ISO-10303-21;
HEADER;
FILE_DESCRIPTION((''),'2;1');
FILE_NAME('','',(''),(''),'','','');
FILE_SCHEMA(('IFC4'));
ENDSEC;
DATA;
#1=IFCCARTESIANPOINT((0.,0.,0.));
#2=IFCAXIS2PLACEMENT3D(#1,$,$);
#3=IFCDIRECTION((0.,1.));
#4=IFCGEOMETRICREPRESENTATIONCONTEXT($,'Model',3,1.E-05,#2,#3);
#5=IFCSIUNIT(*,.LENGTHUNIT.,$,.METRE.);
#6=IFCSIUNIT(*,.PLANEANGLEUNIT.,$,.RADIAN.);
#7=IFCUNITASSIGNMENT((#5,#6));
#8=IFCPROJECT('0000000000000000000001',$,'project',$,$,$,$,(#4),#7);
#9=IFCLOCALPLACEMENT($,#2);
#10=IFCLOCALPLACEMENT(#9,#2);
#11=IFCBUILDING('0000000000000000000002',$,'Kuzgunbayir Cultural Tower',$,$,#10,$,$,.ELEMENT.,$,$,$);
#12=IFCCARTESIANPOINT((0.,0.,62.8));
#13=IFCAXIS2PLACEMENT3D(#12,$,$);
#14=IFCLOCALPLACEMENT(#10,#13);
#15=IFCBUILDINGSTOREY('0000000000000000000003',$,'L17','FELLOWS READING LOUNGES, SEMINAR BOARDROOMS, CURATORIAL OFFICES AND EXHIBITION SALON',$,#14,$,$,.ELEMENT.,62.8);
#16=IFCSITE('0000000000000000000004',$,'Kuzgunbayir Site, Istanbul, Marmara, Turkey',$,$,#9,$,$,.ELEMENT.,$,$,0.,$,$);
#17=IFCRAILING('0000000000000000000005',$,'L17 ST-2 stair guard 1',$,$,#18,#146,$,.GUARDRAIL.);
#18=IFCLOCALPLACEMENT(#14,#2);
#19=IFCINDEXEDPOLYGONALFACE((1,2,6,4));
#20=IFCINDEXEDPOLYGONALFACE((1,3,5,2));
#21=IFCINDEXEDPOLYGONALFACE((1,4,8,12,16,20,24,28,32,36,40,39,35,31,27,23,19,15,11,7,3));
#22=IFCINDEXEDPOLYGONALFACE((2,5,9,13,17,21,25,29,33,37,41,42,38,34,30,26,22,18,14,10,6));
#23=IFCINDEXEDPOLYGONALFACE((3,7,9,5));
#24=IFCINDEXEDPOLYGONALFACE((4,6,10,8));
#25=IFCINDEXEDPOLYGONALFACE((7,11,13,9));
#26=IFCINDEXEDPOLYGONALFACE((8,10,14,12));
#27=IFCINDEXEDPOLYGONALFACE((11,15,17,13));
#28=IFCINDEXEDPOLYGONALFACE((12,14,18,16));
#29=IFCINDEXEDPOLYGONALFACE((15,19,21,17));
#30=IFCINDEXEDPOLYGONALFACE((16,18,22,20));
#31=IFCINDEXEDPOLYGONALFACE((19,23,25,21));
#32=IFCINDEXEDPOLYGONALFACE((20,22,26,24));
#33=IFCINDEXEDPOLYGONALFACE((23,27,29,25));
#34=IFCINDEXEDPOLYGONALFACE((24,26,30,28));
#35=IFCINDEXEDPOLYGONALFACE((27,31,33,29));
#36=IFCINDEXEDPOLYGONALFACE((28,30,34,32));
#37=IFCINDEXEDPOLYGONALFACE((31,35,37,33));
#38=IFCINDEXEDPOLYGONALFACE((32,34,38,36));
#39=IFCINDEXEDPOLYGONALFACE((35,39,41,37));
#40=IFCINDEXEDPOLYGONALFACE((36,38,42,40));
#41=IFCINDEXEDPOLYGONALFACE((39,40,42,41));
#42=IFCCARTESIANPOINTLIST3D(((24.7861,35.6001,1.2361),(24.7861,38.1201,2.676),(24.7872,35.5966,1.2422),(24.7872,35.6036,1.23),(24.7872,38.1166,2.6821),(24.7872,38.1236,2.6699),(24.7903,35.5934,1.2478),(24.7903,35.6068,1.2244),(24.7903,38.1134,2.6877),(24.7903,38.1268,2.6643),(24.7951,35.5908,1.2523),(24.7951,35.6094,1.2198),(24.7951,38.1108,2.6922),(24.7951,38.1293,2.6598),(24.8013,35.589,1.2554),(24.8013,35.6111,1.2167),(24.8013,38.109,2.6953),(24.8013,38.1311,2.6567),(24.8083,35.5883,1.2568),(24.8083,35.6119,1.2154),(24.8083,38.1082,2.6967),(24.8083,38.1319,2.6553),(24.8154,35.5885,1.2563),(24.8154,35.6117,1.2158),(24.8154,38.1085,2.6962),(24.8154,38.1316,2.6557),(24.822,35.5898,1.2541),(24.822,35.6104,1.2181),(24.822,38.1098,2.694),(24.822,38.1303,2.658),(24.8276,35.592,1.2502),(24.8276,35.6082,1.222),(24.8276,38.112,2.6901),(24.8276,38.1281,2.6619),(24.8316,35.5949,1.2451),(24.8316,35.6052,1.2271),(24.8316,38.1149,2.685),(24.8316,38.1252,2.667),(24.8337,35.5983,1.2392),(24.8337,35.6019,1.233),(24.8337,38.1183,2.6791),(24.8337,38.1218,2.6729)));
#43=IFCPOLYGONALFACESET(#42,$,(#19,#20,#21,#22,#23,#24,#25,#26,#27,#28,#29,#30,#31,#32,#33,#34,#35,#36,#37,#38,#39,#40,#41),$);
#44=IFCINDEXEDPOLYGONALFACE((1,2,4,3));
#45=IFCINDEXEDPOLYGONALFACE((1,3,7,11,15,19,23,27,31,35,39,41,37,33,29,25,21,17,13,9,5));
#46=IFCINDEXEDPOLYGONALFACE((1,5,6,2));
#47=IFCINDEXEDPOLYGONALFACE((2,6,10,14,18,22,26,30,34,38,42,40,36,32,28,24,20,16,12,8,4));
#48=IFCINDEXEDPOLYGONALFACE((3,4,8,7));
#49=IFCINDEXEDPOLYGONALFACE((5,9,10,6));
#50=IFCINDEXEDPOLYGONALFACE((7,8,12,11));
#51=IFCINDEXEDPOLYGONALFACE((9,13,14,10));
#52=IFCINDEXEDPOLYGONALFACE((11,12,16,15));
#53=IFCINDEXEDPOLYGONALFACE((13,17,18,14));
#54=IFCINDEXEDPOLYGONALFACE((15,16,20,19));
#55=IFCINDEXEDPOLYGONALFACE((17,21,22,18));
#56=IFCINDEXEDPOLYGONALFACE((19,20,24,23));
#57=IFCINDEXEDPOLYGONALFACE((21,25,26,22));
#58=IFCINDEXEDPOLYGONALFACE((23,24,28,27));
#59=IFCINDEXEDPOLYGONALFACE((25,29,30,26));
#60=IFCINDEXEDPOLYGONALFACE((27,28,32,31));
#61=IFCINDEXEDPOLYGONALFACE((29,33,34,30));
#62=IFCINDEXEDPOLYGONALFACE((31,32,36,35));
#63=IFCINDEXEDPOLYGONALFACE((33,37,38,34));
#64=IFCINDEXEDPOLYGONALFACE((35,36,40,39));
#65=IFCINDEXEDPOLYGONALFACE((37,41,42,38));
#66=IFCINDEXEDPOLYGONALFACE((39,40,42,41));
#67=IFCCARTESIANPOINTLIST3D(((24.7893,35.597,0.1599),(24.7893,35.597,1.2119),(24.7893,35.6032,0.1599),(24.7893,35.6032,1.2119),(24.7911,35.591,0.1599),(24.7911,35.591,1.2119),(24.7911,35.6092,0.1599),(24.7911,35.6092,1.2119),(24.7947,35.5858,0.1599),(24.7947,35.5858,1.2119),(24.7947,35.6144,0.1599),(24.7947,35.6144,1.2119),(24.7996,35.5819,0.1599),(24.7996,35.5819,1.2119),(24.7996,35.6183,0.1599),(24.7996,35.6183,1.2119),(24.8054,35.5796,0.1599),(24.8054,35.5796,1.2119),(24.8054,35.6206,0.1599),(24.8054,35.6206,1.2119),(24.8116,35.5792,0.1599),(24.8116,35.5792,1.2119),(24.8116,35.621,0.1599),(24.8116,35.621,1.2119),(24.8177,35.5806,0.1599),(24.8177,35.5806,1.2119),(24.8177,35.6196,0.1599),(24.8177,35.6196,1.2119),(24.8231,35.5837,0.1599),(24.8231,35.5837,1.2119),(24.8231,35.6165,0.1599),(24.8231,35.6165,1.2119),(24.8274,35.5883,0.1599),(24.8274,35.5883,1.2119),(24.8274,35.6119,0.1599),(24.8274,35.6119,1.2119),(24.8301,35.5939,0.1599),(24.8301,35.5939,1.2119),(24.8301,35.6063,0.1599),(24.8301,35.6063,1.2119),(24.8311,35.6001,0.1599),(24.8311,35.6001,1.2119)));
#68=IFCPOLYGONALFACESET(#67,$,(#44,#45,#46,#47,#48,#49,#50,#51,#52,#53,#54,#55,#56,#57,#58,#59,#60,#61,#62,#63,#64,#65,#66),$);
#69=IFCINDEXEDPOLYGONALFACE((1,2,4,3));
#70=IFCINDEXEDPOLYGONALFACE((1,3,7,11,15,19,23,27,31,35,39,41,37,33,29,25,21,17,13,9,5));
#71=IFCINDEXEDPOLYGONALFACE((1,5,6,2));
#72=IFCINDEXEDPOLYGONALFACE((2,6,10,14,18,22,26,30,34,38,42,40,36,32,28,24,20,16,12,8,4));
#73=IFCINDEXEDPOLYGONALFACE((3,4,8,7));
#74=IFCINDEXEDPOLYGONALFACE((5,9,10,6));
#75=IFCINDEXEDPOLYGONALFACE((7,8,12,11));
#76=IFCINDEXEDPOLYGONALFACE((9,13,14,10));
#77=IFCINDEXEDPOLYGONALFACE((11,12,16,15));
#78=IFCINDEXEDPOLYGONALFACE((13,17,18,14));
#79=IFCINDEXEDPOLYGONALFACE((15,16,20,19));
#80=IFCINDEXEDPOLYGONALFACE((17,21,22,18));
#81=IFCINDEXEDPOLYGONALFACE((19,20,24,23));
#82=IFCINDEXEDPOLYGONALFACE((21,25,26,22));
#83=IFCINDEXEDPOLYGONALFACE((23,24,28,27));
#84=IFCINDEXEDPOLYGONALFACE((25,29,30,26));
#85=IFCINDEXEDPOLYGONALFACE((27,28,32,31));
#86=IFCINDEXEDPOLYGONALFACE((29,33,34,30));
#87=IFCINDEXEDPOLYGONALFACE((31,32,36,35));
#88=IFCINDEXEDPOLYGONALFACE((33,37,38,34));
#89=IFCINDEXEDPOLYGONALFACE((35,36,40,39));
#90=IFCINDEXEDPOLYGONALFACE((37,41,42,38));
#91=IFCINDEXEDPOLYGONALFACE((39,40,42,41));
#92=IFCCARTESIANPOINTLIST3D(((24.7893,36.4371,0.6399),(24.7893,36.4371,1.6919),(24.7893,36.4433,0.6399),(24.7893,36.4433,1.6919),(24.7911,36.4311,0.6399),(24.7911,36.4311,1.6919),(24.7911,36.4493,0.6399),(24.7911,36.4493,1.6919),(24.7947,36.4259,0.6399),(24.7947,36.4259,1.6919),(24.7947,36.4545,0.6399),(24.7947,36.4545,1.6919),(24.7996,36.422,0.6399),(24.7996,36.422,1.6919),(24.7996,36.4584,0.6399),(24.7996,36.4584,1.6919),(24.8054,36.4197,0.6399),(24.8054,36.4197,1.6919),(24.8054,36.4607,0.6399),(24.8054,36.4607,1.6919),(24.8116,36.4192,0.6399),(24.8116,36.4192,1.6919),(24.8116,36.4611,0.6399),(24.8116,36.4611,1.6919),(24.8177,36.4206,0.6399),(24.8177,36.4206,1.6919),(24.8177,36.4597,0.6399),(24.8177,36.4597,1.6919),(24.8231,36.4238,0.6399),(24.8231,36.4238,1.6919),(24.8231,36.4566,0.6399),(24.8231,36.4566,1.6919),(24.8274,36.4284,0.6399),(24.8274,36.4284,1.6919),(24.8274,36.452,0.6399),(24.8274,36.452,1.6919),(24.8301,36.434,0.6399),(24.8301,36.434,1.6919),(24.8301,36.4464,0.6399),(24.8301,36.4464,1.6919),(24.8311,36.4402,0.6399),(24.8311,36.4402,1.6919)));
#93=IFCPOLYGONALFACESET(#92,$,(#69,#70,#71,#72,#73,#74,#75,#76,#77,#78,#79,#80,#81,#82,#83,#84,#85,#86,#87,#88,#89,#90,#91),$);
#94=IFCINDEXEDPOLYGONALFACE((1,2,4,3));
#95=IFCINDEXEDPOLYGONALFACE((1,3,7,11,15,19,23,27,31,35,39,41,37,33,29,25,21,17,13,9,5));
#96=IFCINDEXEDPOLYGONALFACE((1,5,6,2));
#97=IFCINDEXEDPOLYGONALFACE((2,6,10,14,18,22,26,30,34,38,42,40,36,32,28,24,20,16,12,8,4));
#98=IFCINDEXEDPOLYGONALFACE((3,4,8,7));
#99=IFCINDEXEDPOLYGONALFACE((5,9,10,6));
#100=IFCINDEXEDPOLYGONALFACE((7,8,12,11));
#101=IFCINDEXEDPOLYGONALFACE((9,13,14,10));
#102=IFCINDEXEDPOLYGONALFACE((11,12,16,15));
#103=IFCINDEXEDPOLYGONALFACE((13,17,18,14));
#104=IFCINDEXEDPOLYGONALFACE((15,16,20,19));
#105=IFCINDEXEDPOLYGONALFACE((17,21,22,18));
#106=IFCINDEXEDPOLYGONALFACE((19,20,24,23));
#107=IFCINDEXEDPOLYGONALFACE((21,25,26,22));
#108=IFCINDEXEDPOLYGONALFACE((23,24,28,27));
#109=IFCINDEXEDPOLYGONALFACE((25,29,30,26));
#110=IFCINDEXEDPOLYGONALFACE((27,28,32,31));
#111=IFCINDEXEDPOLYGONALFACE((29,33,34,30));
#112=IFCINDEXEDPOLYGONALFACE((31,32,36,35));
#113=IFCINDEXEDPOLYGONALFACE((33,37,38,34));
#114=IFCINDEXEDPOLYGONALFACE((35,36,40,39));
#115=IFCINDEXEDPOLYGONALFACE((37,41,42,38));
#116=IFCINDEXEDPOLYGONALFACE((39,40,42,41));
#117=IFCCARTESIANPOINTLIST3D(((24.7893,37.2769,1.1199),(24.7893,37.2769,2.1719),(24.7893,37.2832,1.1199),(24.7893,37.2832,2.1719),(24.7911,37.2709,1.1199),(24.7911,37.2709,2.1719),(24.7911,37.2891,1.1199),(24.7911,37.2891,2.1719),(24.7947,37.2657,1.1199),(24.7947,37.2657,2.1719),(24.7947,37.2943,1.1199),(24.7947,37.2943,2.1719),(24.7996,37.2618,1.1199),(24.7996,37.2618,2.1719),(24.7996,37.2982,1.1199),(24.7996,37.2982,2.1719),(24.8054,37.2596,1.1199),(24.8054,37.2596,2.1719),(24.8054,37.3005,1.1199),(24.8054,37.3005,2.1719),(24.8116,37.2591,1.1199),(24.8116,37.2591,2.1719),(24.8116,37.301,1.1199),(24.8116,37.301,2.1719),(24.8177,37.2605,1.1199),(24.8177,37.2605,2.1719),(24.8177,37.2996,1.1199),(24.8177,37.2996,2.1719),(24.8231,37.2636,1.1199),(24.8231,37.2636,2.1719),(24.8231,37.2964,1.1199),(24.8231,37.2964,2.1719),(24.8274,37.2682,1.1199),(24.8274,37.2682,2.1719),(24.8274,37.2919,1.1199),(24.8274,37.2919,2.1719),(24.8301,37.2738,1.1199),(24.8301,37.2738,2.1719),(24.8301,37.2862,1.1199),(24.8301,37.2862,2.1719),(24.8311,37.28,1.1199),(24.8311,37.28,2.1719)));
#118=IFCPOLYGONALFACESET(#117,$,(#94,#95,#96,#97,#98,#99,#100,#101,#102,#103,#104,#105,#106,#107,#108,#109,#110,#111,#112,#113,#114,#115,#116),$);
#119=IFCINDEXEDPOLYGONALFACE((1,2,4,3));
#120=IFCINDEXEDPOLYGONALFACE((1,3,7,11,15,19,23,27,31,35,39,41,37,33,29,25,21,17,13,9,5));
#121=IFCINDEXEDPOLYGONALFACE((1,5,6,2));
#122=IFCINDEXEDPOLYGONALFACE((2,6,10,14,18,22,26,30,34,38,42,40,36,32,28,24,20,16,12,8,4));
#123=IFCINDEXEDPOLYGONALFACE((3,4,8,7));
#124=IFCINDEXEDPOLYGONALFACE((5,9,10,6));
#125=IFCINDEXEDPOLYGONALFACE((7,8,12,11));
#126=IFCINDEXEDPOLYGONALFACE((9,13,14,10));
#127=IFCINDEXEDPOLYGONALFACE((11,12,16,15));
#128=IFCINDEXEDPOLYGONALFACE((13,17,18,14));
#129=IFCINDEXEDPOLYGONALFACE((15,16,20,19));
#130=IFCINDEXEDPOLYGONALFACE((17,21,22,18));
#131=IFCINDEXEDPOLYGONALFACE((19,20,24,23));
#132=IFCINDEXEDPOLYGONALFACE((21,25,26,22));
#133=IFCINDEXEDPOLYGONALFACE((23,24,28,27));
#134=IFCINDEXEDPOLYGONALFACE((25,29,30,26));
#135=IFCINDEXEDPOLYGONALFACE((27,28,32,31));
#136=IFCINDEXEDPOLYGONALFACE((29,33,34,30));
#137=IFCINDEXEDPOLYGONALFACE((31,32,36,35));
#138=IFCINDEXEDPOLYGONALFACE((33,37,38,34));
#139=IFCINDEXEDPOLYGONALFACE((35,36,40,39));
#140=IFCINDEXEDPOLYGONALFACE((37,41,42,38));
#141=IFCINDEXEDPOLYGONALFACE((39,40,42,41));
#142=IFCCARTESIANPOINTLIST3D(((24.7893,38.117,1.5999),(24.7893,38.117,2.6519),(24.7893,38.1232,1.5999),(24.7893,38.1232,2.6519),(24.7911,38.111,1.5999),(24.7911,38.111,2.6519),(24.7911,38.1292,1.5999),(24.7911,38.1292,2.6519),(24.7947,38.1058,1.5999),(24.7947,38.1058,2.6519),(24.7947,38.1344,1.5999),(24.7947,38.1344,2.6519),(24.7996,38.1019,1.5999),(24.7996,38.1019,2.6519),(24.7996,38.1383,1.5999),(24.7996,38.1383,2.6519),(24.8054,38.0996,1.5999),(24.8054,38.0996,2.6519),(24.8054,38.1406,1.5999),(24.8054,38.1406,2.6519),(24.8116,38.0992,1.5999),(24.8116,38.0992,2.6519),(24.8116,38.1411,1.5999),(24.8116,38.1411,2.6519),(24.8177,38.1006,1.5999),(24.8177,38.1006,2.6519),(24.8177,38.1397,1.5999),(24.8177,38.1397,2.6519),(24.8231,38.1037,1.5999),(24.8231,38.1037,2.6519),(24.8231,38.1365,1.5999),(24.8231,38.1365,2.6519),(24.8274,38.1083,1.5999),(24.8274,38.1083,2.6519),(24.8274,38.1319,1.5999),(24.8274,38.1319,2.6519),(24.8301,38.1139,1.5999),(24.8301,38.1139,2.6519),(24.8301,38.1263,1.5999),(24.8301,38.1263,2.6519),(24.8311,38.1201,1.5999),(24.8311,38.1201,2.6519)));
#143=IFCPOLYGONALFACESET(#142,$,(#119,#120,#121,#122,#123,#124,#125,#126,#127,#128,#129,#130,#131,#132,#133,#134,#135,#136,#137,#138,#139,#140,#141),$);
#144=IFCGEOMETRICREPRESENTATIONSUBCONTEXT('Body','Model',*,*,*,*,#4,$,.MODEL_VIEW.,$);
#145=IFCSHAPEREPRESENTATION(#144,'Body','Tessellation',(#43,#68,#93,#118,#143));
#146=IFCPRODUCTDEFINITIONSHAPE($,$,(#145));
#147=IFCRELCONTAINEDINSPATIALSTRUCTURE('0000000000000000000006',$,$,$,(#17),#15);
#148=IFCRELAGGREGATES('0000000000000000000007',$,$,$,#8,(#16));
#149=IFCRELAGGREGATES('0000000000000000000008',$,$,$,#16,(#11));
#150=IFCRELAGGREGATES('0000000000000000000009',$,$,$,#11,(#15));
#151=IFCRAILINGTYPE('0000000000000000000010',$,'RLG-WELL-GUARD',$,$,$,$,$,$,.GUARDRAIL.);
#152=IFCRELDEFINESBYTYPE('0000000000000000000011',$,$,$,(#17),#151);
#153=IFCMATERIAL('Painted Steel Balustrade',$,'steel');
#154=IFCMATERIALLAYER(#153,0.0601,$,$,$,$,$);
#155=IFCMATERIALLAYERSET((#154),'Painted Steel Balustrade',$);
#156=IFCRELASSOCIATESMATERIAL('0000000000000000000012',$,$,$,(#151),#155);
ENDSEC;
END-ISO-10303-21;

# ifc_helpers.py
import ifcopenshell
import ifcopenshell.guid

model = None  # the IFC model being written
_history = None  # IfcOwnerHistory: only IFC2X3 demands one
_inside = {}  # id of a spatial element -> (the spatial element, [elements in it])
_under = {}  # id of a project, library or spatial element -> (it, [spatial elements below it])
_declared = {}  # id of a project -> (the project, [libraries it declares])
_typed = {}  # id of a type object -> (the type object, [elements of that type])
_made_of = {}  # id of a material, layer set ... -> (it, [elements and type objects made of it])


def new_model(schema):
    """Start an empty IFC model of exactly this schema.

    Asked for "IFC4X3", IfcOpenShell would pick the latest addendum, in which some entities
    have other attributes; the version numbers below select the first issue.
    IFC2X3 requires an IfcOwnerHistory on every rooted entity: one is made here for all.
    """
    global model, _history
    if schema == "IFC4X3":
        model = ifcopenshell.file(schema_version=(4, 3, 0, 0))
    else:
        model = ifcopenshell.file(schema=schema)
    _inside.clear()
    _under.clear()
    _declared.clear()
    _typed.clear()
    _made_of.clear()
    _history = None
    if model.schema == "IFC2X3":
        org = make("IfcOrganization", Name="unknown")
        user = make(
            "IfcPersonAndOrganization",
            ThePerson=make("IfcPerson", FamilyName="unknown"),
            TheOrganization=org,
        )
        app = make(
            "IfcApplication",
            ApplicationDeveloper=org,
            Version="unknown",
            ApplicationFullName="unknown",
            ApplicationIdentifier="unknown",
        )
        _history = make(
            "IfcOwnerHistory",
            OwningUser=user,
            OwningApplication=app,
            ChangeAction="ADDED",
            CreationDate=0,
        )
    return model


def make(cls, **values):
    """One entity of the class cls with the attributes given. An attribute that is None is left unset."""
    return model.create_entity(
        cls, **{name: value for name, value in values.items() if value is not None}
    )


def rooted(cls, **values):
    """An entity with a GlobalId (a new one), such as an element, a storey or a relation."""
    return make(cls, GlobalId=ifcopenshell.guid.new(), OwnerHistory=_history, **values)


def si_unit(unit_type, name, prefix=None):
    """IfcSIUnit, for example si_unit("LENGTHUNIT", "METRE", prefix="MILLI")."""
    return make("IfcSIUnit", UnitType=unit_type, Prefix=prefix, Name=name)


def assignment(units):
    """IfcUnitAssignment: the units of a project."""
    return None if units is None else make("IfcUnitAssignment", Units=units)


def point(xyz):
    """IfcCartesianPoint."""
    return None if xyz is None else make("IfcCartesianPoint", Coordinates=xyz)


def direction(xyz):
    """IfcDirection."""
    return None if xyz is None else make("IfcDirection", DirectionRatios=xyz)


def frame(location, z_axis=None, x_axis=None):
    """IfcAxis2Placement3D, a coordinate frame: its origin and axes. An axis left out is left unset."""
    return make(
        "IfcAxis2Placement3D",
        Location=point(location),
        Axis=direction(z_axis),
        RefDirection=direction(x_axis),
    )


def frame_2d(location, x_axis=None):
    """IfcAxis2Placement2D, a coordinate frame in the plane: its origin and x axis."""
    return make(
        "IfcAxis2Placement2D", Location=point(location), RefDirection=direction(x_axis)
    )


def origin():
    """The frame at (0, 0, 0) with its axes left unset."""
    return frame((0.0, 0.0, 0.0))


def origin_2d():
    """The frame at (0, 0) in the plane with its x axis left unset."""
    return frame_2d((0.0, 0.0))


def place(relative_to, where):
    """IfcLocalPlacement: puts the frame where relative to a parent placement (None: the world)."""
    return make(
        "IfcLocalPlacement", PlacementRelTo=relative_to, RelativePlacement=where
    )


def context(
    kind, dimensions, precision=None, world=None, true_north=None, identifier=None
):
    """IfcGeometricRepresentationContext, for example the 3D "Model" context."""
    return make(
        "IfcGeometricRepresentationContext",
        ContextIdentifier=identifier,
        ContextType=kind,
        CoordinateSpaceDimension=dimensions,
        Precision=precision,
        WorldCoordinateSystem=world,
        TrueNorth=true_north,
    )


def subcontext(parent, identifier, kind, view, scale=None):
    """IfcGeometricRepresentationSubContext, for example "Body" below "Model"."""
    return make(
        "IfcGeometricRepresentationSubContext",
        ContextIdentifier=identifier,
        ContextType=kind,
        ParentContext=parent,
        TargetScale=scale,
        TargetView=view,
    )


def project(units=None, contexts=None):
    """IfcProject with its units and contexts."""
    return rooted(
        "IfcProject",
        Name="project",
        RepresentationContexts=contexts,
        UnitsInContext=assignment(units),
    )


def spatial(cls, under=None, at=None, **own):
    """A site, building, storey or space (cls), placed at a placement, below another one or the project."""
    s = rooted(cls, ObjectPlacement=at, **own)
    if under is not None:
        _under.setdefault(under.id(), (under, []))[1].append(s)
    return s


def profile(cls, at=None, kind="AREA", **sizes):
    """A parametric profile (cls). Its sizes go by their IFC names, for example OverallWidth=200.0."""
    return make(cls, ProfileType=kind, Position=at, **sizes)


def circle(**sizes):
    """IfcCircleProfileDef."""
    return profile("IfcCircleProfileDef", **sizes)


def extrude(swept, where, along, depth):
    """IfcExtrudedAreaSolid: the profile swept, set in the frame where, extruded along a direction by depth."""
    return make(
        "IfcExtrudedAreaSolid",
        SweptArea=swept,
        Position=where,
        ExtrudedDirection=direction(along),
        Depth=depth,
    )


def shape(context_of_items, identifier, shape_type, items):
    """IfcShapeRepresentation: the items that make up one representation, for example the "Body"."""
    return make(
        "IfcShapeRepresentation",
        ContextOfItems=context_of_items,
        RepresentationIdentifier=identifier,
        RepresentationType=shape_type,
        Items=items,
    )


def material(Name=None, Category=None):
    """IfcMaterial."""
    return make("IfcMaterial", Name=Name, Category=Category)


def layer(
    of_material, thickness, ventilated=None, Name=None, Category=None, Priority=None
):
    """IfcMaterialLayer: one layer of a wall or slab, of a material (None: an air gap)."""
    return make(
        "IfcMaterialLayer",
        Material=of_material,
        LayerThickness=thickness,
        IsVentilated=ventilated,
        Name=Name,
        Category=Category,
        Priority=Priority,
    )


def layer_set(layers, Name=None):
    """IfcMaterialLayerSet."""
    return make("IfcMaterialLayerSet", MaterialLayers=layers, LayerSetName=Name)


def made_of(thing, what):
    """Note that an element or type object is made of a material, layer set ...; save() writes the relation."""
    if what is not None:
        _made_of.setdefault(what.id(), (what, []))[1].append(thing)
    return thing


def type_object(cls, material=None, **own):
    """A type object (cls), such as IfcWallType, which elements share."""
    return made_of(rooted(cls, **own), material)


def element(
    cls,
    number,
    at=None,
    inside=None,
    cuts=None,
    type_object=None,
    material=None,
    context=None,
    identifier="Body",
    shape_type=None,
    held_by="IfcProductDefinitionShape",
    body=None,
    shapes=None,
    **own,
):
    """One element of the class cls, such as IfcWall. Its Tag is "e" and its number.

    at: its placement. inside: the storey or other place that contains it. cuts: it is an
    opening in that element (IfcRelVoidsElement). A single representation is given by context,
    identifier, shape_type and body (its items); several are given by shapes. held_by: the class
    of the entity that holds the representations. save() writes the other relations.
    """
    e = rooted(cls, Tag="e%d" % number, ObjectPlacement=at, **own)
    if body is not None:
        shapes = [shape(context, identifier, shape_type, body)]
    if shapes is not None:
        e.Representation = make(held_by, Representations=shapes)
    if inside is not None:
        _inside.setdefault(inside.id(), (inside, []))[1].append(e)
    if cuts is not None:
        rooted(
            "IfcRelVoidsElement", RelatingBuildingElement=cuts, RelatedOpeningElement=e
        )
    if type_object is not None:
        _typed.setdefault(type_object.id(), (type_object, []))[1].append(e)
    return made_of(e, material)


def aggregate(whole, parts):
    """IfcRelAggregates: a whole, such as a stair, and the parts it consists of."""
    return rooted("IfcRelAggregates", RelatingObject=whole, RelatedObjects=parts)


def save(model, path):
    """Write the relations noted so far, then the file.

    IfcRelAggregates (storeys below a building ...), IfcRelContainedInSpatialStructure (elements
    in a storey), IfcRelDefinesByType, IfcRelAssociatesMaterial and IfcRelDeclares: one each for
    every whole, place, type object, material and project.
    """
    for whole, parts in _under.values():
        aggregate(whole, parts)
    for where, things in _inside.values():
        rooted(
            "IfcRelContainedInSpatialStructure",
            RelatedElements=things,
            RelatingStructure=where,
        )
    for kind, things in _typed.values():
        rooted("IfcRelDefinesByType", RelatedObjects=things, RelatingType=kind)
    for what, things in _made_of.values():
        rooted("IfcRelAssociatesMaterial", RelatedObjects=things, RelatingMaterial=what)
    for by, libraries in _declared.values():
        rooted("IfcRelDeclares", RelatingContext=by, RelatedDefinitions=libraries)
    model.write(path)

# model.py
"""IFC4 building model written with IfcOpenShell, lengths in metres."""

from ifc_helpers import new_model, si_unit, direction, frame, origin, origin_2d, place, context, subcontext, project, spatial, circle, extrude, material, layer, layer_set, type_object, element, save


model = new_model("IFC4")

# Units and contexts
model_context = context("Model", 3, precision=1e-05, world=origin(), true_north=direction((0.0, 1.0)))
body_context = subcontext(model_context, "Body", "Model", "MODEL_VIEW")
ifc_project = project(units=[si_unit("LENGTHUNIT", "METRE"), si_unit("PLANEANGLEUNIT", "RADIAN")], contexts=[model_context])

# Site, building, storey
site_placement = place(None, origin())
site = spatial("IfcSite", under=ifc_project, at=site_placement, Name="Kuzgunbayir Site, Istanbul, Marmara, Turkey", CompositionType="ELEMENT", RefElevation=0.0)
building_placement = place(site_placement, origin())
building = spatial("IfcBuilding", under=site, at=building_placement, Name="Kuzgunbayir Cultural Tower", CompositionType="ELEMENT")
storey_placement = place(building_placement, frame((0.0, 0.0, 62.8)))
storey = spatial("IfcBuildingStorey", under=building, at=storey_placement, Name="L17", Description="FELLOWS READING LOUNGES, SEMINAR BOARDROOMS, CURATORIAL OFFICES AND EXHIBITION SALON", CompositionType="ELEMENT", Elevation=62.8)

# Railing
ifc_material_1 = material(Name="Painted Steel Balustrade", Category="steel")
ifc_layer_1 = layer(ifc_material_1, 0.0601)
ifc_layer_set_1 = layer_set([ifc_layer_1], Name="Painted Steel Balustrade")
railing_type_1 = type_object("IfcRailingType", Name="RLG-WELL-GUARD", PredefinedType="GUARDRAIL", material=ifc_layer_set_1)
railing_1_placement = place(storey_placement, frame((24.8101, 35.6001, 0.1599)))
element("IfcRailing", 1, at=railing_1_placement, inside=storey, type_object=railing_type_1, Name="L17 ST-2 stair guard 1", PredefinedType="GUARDRAIL", context=body_context, shape_type="SweptSolid", body=[
    extrude(circle(Radius=0.0239, at=origin_2d()), frame((0.0, 0.0, 1.0762), z_axis=(0.0, 0.868253, 0.496121), x_axis=(-1.0, 0.0, 0.0)), (0.0, 0.0, 1.0), 2.9023),
    extrude(circle(Radius=0.021, at=origin_2d()), origin(), (0.0, 0.0, 1.0), 1.052),
    extrude(circle(Radius=0.021, at=origin_2d()), frame((0.0, 0.8401, 0.48)), (0.0, 0.0, 1.0), 1.052),
    extrude(circle(Radius=0.021, at=origin_2d()), frame((0.0, 1.6799, 0.96)), (0.0, 0.0, 1.0), 1.052),
    extrude(circle(Radius=0.021, at=origin_2d()), frame((0.0, 2.52, 1.4399)), (0.0, 0.0, 1.0), 1.052),
])

save(model, "model.ifc")
